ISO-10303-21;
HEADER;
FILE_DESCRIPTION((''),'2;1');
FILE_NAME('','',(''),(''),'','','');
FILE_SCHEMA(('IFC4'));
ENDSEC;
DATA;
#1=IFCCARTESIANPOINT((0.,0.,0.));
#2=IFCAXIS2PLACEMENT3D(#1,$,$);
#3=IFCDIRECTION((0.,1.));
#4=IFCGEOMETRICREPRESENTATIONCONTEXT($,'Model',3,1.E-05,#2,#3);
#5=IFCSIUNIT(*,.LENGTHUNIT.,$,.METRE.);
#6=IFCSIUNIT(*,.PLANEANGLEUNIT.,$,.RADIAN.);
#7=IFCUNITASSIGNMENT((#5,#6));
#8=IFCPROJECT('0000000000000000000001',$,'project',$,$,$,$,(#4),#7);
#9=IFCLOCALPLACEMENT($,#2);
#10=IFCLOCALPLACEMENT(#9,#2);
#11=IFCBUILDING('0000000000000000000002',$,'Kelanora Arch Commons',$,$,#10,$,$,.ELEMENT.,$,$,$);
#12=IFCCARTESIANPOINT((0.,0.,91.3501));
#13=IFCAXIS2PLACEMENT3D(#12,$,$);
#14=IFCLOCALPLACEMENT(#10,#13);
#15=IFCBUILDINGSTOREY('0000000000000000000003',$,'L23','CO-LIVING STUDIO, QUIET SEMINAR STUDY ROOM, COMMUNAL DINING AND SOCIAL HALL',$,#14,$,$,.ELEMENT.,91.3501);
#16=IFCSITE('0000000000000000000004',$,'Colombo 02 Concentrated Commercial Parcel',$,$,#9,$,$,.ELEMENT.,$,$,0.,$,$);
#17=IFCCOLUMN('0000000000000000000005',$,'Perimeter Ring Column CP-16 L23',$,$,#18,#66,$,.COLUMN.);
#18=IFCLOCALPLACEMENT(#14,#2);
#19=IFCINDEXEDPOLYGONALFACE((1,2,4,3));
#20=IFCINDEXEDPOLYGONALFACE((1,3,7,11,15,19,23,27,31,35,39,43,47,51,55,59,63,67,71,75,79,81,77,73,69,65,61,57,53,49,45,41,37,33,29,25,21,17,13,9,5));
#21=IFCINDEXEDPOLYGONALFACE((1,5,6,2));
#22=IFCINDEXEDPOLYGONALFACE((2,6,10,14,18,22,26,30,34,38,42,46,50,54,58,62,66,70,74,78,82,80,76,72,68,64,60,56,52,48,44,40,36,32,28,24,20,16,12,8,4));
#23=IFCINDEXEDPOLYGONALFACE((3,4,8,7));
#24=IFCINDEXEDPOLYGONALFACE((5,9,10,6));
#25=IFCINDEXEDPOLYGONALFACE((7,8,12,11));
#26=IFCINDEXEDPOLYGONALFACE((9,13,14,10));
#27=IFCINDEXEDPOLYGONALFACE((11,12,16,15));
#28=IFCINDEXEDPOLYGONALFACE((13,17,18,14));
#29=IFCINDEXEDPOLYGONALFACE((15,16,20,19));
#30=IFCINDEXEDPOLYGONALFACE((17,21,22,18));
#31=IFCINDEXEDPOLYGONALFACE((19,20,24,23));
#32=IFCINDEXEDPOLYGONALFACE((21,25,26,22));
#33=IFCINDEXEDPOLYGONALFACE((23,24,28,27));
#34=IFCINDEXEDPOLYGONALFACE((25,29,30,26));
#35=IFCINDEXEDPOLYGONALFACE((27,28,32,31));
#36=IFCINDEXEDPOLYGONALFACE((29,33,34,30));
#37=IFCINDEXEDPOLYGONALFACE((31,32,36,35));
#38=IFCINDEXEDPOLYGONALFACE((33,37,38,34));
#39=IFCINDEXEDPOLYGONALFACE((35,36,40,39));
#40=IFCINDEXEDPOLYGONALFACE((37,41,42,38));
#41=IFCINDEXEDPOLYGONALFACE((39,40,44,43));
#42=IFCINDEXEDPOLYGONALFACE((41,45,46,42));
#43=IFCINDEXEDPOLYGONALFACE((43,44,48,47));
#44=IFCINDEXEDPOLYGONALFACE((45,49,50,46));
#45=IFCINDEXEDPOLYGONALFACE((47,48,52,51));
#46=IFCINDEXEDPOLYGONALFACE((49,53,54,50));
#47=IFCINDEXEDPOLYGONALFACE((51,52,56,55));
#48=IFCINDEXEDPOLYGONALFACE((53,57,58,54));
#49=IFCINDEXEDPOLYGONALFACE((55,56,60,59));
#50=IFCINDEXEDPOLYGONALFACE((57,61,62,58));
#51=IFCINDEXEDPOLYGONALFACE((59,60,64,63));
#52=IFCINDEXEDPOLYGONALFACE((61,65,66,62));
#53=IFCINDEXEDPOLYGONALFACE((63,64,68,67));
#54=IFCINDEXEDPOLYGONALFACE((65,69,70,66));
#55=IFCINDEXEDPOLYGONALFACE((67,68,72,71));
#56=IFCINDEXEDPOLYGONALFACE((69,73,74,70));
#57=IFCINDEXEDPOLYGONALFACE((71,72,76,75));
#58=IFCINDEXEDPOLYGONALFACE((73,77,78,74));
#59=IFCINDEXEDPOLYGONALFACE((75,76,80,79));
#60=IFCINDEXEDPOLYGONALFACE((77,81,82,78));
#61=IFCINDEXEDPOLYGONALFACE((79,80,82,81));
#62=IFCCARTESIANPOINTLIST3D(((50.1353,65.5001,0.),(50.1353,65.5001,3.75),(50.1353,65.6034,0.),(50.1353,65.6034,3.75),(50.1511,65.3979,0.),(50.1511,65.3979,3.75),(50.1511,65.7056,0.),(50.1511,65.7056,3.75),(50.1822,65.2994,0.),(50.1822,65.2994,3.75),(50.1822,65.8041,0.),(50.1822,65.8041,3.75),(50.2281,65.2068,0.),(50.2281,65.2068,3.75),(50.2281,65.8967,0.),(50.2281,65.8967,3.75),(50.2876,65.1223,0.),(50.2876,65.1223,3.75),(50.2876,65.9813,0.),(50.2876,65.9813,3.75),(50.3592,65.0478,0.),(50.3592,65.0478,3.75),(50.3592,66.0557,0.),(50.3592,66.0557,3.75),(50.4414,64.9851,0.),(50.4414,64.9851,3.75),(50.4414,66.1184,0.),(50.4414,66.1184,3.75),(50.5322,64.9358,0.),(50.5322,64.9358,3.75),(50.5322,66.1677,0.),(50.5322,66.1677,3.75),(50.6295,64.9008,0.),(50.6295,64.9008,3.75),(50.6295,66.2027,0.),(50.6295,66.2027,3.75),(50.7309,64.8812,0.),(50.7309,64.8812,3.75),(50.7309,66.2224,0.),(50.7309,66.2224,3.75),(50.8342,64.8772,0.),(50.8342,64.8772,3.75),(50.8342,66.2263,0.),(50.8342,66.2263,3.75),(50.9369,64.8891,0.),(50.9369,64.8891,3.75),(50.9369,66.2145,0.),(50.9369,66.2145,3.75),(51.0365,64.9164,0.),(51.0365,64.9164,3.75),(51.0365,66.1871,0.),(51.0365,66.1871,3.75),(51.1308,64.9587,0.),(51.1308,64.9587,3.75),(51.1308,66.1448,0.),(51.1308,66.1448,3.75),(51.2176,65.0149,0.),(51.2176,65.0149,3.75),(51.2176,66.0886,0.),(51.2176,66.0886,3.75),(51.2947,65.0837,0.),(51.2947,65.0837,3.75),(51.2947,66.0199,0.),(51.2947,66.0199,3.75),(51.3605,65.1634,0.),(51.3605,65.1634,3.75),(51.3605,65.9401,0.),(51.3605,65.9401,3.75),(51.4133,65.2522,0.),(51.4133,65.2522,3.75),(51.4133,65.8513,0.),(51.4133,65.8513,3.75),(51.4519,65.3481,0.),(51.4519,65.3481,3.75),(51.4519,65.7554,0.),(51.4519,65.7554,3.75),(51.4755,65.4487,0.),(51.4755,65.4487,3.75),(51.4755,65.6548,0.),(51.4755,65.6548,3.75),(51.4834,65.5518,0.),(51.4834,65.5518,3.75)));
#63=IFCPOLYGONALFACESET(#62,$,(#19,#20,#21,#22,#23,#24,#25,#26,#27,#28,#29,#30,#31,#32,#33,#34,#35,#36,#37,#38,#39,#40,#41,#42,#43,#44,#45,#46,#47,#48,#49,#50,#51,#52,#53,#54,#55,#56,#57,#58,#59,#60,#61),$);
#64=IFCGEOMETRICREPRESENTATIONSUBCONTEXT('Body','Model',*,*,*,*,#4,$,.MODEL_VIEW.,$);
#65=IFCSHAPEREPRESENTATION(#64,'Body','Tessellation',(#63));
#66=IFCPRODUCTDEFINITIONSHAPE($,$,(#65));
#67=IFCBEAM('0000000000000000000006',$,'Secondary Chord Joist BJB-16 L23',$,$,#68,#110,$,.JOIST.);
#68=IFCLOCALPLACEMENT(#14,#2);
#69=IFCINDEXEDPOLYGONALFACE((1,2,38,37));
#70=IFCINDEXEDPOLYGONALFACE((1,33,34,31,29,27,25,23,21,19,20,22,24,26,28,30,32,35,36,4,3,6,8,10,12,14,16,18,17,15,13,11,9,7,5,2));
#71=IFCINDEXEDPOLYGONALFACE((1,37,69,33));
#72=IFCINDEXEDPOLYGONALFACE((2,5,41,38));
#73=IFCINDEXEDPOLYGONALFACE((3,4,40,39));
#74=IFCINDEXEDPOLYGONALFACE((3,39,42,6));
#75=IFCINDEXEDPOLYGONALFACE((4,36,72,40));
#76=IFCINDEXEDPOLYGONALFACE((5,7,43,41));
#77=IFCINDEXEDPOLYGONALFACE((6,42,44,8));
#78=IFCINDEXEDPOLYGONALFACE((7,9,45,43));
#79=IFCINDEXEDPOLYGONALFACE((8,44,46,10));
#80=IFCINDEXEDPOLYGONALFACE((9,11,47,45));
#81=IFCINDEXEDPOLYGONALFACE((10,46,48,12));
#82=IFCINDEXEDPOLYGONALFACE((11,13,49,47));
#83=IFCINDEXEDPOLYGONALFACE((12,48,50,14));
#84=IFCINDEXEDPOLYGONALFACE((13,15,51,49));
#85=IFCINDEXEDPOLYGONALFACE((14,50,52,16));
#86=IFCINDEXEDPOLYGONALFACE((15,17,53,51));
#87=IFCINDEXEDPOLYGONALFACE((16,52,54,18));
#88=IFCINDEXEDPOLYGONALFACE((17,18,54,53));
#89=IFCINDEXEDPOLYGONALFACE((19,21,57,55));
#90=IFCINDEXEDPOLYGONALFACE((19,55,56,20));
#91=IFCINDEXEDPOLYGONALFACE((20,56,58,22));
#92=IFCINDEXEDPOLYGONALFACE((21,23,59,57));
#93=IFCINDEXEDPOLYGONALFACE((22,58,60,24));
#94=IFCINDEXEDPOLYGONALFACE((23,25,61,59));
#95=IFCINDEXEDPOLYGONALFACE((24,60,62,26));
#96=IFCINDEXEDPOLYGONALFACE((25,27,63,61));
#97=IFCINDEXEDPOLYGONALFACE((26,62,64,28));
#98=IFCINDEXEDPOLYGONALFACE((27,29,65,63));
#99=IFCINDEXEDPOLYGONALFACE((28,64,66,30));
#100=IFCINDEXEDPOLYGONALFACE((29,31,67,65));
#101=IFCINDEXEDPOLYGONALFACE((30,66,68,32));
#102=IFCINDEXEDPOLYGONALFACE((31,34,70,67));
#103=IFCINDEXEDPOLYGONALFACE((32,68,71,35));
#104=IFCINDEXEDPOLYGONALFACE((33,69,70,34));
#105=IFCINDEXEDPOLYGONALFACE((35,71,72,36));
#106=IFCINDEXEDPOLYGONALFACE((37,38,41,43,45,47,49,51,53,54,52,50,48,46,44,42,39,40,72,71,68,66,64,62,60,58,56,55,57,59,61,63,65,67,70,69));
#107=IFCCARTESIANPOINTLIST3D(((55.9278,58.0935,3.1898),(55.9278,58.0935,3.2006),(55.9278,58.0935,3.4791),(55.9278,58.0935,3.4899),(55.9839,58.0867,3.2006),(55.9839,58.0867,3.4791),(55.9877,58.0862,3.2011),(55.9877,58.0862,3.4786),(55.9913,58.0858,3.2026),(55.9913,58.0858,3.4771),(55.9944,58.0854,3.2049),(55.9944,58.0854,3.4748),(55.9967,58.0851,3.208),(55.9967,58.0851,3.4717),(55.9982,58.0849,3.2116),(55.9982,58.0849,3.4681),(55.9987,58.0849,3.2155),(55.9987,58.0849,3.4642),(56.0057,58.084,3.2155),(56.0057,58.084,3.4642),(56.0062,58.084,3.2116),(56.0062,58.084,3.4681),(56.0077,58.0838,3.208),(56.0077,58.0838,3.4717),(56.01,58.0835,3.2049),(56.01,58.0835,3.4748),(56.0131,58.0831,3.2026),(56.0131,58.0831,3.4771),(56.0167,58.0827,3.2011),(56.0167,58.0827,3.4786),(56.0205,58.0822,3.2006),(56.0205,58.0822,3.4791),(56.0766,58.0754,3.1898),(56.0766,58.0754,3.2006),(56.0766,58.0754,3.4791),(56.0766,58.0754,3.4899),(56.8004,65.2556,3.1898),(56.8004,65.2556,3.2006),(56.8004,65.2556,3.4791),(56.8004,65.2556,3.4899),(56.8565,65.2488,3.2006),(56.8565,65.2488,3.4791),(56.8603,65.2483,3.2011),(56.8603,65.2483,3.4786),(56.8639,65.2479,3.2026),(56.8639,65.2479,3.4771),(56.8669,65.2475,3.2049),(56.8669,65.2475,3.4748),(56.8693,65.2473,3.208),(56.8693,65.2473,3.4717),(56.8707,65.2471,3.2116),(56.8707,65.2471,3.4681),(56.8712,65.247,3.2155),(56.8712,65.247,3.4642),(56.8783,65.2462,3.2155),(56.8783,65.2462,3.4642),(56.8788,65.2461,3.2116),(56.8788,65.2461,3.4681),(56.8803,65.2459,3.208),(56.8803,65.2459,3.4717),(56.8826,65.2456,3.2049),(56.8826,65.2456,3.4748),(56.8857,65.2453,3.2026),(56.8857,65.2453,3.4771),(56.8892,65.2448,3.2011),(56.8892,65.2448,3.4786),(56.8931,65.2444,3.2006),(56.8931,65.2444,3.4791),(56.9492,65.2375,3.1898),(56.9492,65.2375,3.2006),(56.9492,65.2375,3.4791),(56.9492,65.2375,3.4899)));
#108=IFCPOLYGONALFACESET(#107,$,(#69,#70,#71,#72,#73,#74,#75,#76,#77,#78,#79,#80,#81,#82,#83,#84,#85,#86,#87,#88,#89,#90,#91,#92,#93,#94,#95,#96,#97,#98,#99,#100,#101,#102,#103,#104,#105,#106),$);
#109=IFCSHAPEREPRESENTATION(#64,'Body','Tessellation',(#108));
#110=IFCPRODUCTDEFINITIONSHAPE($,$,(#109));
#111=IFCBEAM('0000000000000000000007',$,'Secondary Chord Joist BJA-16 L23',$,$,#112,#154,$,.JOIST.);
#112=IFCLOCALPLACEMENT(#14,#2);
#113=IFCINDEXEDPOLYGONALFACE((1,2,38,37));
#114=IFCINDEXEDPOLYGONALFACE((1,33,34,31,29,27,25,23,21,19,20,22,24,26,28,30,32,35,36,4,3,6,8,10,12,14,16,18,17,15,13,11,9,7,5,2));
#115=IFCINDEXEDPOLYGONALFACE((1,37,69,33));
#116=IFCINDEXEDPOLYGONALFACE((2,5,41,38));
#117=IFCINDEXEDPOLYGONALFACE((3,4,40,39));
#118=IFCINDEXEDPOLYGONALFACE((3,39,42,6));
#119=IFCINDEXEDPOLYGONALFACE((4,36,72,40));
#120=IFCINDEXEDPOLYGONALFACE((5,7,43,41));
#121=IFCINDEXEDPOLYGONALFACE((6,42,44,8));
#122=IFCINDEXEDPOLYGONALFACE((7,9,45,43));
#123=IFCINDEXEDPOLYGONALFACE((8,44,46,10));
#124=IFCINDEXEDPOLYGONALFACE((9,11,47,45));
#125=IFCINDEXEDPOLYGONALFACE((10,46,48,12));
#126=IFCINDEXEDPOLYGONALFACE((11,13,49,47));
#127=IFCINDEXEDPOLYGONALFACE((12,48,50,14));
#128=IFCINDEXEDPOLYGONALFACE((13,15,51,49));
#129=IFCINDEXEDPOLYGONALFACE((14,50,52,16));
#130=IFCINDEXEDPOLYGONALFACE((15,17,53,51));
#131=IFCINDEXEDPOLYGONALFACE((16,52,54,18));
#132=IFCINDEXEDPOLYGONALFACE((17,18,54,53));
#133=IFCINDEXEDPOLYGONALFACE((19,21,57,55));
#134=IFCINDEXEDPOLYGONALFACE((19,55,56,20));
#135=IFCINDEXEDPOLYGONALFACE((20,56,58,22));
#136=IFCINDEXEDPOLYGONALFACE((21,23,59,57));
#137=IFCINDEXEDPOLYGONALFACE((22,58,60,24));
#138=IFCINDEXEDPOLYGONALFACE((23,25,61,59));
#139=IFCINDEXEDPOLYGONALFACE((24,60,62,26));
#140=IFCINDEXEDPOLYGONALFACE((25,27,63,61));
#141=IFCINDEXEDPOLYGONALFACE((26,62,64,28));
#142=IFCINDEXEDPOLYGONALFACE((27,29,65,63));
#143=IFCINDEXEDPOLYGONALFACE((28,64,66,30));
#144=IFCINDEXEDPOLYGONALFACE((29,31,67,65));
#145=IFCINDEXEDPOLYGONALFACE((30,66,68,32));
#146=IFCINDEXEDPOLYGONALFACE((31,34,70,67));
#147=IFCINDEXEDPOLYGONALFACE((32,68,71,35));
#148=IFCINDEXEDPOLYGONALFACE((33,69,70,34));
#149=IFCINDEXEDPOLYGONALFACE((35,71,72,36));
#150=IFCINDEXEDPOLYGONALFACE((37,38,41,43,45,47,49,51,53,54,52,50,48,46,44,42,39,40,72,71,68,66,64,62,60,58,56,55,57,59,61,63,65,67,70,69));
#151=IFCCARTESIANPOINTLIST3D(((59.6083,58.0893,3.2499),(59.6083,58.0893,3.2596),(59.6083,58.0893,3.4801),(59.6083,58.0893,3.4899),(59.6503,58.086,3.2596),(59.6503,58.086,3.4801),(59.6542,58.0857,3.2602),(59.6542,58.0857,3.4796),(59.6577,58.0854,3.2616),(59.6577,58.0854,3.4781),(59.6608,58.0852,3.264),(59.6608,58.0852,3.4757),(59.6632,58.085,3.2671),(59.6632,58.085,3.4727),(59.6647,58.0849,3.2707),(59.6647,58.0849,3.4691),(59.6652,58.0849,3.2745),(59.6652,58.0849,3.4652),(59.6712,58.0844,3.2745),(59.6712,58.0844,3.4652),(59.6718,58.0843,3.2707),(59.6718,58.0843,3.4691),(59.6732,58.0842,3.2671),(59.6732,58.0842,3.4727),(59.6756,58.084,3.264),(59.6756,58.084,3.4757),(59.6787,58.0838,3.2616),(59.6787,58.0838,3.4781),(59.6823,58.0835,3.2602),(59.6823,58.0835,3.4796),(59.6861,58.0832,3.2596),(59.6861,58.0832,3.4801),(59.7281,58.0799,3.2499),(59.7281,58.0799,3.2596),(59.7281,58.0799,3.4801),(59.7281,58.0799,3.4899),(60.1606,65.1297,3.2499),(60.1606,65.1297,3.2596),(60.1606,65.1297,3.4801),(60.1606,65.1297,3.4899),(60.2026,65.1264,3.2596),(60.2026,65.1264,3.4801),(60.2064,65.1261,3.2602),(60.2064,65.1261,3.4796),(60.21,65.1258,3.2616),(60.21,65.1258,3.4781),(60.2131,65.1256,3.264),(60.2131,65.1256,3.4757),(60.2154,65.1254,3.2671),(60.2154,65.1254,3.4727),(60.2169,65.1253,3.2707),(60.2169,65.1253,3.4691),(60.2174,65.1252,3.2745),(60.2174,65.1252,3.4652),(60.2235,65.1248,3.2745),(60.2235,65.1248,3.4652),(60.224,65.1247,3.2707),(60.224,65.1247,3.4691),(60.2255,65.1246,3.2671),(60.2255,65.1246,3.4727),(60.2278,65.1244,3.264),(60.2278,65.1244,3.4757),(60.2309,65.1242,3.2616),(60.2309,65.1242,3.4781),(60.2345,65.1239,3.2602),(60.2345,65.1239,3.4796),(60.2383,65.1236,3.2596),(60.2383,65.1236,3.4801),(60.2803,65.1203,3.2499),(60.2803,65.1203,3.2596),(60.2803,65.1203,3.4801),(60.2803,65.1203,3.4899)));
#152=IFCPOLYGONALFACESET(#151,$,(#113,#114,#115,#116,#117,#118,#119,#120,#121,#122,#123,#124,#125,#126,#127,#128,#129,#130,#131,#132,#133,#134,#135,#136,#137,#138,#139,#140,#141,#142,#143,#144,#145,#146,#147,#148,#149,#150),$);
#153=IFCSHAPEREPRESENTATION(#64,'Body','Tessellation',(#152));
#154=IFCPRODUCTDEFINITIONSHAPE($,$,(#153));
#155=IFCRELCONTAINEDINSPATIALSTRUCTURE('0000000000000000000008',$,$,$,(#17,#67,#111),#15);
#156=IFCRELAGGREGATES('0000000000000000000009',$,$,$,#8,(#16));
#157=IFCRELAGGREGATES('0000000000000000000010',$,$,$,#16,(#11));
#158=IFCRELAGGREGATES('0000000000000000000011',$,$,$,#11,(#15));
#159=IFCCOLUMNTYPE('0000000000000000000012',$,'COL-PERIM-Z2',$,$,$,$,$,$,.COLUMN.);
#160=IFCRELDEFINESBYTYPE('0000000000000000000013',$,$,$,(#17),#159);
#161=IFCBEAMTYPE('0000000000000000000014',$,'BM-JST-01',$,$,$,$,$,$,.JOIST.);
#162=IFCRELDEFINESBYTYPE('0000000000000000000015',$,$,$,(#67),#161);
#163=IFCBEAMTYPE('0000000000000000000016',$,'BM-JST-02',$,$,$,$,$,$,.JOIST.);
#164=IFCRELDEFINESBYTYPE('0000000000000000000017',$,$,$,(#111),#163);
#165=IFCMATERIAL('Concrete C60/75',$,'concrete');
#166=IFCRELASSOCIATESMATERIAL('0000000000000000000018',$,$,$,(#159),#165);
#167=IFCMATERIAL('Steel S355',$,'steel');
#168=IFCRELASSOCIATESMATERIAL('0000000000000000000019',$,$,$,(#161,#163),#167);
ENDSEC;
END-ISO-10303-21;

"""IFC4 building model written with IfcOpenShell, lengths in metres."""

from ifc_helpers import new_model, si_unit, direction, frame, origin, origin_2d, place, context, subcontext, project, spatial, circle, i_section, extrude, material, material_profile, profile_set, type_object, element, save


model = new_model("IFC4")

# Units and contexts
model_context = context("Model", 3, precision=1e-05, world=origin(), true_north=direction((0.0, 1.0)))
body_context = subcontext(model_context, "Body", "Model", "MODEL_VIEW")
ifc_project = project(units=[si_unit("LENGTHUNIT", "METRE"), si_unit("PLANEANGLEUNIT", "RADIAN")], contexts=[model_context])

# Site, building, storey
site_placement = place(None, origin())
site = spatial("IfcSite", under=ifc_project, at=site_placement, Name="Colombo 02 Concentrated Commercial Parcel", CompositionType="ELEMENT", RefElevation=0.0)
building_placement = place(site_placement, origin())
building = spatial("IfcBuilding", under=site, at=building_placement, Name="Kelanora Arch Commons", CompositionType="ELEMENT")
storey_placement = place(building_placement, frame((0.0, 0.0, 91.3501)))
storey = spatial("IfcBuildingStorey", under=building, at=storey_placement, Name="L23", Description="CO-LIVING STUDIO, QUIET SEMINAR STUDY ROOM, COMMUNAL DINING AND SOCIAL HALL", CompositionType="ELEMENT", Elevation=91.3501)

# Column
ifc_material_1 = material(Name="Concrete C60/75", Category="concrete")
ifc_material_profile_1 = material_profile(ifc_material_1, circle(Radius=0.675, at=origin_2d()), Name="RCC1350")
ifc_profile_set_1 = profile_set([ifc_material_profile_1], Name="Concrete C60/75")
column_type = type_object("IfcColumnType", Name="COL-PERIM-Z2", PredefinedType="COLUMN", material=ifc_profile_set_1)
column_placement = place(storey_placement, frame((50.8083, 65.5518, 0.0), z_axis=(0.0, 0.0, 1.0), x_axis=(1.0, 0.0, 0.0)))
element("IfcColumn", 1, at=column_placement, inside=storey, type_object=column_type, Name="Perimeter Ring Column CP-16 L23", PredefinedType="COLUMN", context=body_context, shape_type="SweptSolid", body=[
    extrude(circle(Radius=0.675, at=origin_2d()), origin(), (0.0, 0.0, 1.0), 3.75),
])

# Beams
ifc_material_2 = material(Name="Steel S355", Category="steel")
ifc_material_profile_2 = material_profile(ifc_material_2, i_section(OverallWidth=0.1499, OverallDepth=0.3, WebThickness=0.0071, FlangeThickness=0.0107, FilletRadius=0.0149, at=origin_2d()), Name="IPE300")
ifc_profile_set_2 = profile_set([ifc_material_profile_2], Name="Steel S355")
beam_type_1 = type_object("IfcBeamType", Name="BM-JST-01", PredefinedType="JOIST", material=ifc_profile_set_2)
beam_1_placement = place(storey_placement, frame((56.8748, 65.2466, 3.3398), z_axis=(-0.120936, -0.99266, 0.0), x_axis=(0.99266, -0.120936, 0.0)))
element("IfcBeam", 2, at=beam_1_placement, inside=storey, type_object=beam_type_1, Name="Secondary Chord Joist BJB-16 L23", PredefinedType="JOIST", context=body_context, shape_type="SweptSolid", body=[
    extrude(i_section(OverallWidth=0.1499, OverallDepth=0.3, WebThickness=0.0071, FlangeThickness=0.0107, FilletRadius=0.0149, at=origin_2d()), origin(), (0.0, 0.0, 1.0), 7.2151),
])
ifc_material_profile_3 = material_profile(ifc_material_2, i_section(OverallWidth=0.1201, OverallDepth=0.24, WebThickness=0.0061, FlangeThickness=0.0098, FilletRadius=0.0149, at=origin_2d()), Name="IPE240")
ifc_profile_set_3 = profile_set([ifc_material_profile_3], Name="Steel S355")
beam_type_2 = type_object("IfcBeamType", Name="BM-JST-02", PredefinedType="JOIST", material=ifc_profile_set_3)
beam_2_placement = place(storey_placement, frame((60.2205, 65.125, 3.3699), z_axis=(-0.078201, -0.996938, 0.0), x_axis=(0.996938, -0.078201, 0.0)))
element("IfcBeam", 3, at=beam_2_placement, inside=storey, type_object=beam_type_2, Name="Secondary Chord Joist BJA-16 L23", PredefinedType="JOIST", context=body_context, shape_type="SweptSolid", body=[
    extrude(i_section(OverallWidth=0.1201, OverallDepth=0.24, WebThickness=0.0061, FlangeThickness=0.0098, FilletRadius=0.0149, at=origin_2d()), origin(), (0.0, 0.0, 1.0), 7.062),
])

save(model, "model.ifc")
